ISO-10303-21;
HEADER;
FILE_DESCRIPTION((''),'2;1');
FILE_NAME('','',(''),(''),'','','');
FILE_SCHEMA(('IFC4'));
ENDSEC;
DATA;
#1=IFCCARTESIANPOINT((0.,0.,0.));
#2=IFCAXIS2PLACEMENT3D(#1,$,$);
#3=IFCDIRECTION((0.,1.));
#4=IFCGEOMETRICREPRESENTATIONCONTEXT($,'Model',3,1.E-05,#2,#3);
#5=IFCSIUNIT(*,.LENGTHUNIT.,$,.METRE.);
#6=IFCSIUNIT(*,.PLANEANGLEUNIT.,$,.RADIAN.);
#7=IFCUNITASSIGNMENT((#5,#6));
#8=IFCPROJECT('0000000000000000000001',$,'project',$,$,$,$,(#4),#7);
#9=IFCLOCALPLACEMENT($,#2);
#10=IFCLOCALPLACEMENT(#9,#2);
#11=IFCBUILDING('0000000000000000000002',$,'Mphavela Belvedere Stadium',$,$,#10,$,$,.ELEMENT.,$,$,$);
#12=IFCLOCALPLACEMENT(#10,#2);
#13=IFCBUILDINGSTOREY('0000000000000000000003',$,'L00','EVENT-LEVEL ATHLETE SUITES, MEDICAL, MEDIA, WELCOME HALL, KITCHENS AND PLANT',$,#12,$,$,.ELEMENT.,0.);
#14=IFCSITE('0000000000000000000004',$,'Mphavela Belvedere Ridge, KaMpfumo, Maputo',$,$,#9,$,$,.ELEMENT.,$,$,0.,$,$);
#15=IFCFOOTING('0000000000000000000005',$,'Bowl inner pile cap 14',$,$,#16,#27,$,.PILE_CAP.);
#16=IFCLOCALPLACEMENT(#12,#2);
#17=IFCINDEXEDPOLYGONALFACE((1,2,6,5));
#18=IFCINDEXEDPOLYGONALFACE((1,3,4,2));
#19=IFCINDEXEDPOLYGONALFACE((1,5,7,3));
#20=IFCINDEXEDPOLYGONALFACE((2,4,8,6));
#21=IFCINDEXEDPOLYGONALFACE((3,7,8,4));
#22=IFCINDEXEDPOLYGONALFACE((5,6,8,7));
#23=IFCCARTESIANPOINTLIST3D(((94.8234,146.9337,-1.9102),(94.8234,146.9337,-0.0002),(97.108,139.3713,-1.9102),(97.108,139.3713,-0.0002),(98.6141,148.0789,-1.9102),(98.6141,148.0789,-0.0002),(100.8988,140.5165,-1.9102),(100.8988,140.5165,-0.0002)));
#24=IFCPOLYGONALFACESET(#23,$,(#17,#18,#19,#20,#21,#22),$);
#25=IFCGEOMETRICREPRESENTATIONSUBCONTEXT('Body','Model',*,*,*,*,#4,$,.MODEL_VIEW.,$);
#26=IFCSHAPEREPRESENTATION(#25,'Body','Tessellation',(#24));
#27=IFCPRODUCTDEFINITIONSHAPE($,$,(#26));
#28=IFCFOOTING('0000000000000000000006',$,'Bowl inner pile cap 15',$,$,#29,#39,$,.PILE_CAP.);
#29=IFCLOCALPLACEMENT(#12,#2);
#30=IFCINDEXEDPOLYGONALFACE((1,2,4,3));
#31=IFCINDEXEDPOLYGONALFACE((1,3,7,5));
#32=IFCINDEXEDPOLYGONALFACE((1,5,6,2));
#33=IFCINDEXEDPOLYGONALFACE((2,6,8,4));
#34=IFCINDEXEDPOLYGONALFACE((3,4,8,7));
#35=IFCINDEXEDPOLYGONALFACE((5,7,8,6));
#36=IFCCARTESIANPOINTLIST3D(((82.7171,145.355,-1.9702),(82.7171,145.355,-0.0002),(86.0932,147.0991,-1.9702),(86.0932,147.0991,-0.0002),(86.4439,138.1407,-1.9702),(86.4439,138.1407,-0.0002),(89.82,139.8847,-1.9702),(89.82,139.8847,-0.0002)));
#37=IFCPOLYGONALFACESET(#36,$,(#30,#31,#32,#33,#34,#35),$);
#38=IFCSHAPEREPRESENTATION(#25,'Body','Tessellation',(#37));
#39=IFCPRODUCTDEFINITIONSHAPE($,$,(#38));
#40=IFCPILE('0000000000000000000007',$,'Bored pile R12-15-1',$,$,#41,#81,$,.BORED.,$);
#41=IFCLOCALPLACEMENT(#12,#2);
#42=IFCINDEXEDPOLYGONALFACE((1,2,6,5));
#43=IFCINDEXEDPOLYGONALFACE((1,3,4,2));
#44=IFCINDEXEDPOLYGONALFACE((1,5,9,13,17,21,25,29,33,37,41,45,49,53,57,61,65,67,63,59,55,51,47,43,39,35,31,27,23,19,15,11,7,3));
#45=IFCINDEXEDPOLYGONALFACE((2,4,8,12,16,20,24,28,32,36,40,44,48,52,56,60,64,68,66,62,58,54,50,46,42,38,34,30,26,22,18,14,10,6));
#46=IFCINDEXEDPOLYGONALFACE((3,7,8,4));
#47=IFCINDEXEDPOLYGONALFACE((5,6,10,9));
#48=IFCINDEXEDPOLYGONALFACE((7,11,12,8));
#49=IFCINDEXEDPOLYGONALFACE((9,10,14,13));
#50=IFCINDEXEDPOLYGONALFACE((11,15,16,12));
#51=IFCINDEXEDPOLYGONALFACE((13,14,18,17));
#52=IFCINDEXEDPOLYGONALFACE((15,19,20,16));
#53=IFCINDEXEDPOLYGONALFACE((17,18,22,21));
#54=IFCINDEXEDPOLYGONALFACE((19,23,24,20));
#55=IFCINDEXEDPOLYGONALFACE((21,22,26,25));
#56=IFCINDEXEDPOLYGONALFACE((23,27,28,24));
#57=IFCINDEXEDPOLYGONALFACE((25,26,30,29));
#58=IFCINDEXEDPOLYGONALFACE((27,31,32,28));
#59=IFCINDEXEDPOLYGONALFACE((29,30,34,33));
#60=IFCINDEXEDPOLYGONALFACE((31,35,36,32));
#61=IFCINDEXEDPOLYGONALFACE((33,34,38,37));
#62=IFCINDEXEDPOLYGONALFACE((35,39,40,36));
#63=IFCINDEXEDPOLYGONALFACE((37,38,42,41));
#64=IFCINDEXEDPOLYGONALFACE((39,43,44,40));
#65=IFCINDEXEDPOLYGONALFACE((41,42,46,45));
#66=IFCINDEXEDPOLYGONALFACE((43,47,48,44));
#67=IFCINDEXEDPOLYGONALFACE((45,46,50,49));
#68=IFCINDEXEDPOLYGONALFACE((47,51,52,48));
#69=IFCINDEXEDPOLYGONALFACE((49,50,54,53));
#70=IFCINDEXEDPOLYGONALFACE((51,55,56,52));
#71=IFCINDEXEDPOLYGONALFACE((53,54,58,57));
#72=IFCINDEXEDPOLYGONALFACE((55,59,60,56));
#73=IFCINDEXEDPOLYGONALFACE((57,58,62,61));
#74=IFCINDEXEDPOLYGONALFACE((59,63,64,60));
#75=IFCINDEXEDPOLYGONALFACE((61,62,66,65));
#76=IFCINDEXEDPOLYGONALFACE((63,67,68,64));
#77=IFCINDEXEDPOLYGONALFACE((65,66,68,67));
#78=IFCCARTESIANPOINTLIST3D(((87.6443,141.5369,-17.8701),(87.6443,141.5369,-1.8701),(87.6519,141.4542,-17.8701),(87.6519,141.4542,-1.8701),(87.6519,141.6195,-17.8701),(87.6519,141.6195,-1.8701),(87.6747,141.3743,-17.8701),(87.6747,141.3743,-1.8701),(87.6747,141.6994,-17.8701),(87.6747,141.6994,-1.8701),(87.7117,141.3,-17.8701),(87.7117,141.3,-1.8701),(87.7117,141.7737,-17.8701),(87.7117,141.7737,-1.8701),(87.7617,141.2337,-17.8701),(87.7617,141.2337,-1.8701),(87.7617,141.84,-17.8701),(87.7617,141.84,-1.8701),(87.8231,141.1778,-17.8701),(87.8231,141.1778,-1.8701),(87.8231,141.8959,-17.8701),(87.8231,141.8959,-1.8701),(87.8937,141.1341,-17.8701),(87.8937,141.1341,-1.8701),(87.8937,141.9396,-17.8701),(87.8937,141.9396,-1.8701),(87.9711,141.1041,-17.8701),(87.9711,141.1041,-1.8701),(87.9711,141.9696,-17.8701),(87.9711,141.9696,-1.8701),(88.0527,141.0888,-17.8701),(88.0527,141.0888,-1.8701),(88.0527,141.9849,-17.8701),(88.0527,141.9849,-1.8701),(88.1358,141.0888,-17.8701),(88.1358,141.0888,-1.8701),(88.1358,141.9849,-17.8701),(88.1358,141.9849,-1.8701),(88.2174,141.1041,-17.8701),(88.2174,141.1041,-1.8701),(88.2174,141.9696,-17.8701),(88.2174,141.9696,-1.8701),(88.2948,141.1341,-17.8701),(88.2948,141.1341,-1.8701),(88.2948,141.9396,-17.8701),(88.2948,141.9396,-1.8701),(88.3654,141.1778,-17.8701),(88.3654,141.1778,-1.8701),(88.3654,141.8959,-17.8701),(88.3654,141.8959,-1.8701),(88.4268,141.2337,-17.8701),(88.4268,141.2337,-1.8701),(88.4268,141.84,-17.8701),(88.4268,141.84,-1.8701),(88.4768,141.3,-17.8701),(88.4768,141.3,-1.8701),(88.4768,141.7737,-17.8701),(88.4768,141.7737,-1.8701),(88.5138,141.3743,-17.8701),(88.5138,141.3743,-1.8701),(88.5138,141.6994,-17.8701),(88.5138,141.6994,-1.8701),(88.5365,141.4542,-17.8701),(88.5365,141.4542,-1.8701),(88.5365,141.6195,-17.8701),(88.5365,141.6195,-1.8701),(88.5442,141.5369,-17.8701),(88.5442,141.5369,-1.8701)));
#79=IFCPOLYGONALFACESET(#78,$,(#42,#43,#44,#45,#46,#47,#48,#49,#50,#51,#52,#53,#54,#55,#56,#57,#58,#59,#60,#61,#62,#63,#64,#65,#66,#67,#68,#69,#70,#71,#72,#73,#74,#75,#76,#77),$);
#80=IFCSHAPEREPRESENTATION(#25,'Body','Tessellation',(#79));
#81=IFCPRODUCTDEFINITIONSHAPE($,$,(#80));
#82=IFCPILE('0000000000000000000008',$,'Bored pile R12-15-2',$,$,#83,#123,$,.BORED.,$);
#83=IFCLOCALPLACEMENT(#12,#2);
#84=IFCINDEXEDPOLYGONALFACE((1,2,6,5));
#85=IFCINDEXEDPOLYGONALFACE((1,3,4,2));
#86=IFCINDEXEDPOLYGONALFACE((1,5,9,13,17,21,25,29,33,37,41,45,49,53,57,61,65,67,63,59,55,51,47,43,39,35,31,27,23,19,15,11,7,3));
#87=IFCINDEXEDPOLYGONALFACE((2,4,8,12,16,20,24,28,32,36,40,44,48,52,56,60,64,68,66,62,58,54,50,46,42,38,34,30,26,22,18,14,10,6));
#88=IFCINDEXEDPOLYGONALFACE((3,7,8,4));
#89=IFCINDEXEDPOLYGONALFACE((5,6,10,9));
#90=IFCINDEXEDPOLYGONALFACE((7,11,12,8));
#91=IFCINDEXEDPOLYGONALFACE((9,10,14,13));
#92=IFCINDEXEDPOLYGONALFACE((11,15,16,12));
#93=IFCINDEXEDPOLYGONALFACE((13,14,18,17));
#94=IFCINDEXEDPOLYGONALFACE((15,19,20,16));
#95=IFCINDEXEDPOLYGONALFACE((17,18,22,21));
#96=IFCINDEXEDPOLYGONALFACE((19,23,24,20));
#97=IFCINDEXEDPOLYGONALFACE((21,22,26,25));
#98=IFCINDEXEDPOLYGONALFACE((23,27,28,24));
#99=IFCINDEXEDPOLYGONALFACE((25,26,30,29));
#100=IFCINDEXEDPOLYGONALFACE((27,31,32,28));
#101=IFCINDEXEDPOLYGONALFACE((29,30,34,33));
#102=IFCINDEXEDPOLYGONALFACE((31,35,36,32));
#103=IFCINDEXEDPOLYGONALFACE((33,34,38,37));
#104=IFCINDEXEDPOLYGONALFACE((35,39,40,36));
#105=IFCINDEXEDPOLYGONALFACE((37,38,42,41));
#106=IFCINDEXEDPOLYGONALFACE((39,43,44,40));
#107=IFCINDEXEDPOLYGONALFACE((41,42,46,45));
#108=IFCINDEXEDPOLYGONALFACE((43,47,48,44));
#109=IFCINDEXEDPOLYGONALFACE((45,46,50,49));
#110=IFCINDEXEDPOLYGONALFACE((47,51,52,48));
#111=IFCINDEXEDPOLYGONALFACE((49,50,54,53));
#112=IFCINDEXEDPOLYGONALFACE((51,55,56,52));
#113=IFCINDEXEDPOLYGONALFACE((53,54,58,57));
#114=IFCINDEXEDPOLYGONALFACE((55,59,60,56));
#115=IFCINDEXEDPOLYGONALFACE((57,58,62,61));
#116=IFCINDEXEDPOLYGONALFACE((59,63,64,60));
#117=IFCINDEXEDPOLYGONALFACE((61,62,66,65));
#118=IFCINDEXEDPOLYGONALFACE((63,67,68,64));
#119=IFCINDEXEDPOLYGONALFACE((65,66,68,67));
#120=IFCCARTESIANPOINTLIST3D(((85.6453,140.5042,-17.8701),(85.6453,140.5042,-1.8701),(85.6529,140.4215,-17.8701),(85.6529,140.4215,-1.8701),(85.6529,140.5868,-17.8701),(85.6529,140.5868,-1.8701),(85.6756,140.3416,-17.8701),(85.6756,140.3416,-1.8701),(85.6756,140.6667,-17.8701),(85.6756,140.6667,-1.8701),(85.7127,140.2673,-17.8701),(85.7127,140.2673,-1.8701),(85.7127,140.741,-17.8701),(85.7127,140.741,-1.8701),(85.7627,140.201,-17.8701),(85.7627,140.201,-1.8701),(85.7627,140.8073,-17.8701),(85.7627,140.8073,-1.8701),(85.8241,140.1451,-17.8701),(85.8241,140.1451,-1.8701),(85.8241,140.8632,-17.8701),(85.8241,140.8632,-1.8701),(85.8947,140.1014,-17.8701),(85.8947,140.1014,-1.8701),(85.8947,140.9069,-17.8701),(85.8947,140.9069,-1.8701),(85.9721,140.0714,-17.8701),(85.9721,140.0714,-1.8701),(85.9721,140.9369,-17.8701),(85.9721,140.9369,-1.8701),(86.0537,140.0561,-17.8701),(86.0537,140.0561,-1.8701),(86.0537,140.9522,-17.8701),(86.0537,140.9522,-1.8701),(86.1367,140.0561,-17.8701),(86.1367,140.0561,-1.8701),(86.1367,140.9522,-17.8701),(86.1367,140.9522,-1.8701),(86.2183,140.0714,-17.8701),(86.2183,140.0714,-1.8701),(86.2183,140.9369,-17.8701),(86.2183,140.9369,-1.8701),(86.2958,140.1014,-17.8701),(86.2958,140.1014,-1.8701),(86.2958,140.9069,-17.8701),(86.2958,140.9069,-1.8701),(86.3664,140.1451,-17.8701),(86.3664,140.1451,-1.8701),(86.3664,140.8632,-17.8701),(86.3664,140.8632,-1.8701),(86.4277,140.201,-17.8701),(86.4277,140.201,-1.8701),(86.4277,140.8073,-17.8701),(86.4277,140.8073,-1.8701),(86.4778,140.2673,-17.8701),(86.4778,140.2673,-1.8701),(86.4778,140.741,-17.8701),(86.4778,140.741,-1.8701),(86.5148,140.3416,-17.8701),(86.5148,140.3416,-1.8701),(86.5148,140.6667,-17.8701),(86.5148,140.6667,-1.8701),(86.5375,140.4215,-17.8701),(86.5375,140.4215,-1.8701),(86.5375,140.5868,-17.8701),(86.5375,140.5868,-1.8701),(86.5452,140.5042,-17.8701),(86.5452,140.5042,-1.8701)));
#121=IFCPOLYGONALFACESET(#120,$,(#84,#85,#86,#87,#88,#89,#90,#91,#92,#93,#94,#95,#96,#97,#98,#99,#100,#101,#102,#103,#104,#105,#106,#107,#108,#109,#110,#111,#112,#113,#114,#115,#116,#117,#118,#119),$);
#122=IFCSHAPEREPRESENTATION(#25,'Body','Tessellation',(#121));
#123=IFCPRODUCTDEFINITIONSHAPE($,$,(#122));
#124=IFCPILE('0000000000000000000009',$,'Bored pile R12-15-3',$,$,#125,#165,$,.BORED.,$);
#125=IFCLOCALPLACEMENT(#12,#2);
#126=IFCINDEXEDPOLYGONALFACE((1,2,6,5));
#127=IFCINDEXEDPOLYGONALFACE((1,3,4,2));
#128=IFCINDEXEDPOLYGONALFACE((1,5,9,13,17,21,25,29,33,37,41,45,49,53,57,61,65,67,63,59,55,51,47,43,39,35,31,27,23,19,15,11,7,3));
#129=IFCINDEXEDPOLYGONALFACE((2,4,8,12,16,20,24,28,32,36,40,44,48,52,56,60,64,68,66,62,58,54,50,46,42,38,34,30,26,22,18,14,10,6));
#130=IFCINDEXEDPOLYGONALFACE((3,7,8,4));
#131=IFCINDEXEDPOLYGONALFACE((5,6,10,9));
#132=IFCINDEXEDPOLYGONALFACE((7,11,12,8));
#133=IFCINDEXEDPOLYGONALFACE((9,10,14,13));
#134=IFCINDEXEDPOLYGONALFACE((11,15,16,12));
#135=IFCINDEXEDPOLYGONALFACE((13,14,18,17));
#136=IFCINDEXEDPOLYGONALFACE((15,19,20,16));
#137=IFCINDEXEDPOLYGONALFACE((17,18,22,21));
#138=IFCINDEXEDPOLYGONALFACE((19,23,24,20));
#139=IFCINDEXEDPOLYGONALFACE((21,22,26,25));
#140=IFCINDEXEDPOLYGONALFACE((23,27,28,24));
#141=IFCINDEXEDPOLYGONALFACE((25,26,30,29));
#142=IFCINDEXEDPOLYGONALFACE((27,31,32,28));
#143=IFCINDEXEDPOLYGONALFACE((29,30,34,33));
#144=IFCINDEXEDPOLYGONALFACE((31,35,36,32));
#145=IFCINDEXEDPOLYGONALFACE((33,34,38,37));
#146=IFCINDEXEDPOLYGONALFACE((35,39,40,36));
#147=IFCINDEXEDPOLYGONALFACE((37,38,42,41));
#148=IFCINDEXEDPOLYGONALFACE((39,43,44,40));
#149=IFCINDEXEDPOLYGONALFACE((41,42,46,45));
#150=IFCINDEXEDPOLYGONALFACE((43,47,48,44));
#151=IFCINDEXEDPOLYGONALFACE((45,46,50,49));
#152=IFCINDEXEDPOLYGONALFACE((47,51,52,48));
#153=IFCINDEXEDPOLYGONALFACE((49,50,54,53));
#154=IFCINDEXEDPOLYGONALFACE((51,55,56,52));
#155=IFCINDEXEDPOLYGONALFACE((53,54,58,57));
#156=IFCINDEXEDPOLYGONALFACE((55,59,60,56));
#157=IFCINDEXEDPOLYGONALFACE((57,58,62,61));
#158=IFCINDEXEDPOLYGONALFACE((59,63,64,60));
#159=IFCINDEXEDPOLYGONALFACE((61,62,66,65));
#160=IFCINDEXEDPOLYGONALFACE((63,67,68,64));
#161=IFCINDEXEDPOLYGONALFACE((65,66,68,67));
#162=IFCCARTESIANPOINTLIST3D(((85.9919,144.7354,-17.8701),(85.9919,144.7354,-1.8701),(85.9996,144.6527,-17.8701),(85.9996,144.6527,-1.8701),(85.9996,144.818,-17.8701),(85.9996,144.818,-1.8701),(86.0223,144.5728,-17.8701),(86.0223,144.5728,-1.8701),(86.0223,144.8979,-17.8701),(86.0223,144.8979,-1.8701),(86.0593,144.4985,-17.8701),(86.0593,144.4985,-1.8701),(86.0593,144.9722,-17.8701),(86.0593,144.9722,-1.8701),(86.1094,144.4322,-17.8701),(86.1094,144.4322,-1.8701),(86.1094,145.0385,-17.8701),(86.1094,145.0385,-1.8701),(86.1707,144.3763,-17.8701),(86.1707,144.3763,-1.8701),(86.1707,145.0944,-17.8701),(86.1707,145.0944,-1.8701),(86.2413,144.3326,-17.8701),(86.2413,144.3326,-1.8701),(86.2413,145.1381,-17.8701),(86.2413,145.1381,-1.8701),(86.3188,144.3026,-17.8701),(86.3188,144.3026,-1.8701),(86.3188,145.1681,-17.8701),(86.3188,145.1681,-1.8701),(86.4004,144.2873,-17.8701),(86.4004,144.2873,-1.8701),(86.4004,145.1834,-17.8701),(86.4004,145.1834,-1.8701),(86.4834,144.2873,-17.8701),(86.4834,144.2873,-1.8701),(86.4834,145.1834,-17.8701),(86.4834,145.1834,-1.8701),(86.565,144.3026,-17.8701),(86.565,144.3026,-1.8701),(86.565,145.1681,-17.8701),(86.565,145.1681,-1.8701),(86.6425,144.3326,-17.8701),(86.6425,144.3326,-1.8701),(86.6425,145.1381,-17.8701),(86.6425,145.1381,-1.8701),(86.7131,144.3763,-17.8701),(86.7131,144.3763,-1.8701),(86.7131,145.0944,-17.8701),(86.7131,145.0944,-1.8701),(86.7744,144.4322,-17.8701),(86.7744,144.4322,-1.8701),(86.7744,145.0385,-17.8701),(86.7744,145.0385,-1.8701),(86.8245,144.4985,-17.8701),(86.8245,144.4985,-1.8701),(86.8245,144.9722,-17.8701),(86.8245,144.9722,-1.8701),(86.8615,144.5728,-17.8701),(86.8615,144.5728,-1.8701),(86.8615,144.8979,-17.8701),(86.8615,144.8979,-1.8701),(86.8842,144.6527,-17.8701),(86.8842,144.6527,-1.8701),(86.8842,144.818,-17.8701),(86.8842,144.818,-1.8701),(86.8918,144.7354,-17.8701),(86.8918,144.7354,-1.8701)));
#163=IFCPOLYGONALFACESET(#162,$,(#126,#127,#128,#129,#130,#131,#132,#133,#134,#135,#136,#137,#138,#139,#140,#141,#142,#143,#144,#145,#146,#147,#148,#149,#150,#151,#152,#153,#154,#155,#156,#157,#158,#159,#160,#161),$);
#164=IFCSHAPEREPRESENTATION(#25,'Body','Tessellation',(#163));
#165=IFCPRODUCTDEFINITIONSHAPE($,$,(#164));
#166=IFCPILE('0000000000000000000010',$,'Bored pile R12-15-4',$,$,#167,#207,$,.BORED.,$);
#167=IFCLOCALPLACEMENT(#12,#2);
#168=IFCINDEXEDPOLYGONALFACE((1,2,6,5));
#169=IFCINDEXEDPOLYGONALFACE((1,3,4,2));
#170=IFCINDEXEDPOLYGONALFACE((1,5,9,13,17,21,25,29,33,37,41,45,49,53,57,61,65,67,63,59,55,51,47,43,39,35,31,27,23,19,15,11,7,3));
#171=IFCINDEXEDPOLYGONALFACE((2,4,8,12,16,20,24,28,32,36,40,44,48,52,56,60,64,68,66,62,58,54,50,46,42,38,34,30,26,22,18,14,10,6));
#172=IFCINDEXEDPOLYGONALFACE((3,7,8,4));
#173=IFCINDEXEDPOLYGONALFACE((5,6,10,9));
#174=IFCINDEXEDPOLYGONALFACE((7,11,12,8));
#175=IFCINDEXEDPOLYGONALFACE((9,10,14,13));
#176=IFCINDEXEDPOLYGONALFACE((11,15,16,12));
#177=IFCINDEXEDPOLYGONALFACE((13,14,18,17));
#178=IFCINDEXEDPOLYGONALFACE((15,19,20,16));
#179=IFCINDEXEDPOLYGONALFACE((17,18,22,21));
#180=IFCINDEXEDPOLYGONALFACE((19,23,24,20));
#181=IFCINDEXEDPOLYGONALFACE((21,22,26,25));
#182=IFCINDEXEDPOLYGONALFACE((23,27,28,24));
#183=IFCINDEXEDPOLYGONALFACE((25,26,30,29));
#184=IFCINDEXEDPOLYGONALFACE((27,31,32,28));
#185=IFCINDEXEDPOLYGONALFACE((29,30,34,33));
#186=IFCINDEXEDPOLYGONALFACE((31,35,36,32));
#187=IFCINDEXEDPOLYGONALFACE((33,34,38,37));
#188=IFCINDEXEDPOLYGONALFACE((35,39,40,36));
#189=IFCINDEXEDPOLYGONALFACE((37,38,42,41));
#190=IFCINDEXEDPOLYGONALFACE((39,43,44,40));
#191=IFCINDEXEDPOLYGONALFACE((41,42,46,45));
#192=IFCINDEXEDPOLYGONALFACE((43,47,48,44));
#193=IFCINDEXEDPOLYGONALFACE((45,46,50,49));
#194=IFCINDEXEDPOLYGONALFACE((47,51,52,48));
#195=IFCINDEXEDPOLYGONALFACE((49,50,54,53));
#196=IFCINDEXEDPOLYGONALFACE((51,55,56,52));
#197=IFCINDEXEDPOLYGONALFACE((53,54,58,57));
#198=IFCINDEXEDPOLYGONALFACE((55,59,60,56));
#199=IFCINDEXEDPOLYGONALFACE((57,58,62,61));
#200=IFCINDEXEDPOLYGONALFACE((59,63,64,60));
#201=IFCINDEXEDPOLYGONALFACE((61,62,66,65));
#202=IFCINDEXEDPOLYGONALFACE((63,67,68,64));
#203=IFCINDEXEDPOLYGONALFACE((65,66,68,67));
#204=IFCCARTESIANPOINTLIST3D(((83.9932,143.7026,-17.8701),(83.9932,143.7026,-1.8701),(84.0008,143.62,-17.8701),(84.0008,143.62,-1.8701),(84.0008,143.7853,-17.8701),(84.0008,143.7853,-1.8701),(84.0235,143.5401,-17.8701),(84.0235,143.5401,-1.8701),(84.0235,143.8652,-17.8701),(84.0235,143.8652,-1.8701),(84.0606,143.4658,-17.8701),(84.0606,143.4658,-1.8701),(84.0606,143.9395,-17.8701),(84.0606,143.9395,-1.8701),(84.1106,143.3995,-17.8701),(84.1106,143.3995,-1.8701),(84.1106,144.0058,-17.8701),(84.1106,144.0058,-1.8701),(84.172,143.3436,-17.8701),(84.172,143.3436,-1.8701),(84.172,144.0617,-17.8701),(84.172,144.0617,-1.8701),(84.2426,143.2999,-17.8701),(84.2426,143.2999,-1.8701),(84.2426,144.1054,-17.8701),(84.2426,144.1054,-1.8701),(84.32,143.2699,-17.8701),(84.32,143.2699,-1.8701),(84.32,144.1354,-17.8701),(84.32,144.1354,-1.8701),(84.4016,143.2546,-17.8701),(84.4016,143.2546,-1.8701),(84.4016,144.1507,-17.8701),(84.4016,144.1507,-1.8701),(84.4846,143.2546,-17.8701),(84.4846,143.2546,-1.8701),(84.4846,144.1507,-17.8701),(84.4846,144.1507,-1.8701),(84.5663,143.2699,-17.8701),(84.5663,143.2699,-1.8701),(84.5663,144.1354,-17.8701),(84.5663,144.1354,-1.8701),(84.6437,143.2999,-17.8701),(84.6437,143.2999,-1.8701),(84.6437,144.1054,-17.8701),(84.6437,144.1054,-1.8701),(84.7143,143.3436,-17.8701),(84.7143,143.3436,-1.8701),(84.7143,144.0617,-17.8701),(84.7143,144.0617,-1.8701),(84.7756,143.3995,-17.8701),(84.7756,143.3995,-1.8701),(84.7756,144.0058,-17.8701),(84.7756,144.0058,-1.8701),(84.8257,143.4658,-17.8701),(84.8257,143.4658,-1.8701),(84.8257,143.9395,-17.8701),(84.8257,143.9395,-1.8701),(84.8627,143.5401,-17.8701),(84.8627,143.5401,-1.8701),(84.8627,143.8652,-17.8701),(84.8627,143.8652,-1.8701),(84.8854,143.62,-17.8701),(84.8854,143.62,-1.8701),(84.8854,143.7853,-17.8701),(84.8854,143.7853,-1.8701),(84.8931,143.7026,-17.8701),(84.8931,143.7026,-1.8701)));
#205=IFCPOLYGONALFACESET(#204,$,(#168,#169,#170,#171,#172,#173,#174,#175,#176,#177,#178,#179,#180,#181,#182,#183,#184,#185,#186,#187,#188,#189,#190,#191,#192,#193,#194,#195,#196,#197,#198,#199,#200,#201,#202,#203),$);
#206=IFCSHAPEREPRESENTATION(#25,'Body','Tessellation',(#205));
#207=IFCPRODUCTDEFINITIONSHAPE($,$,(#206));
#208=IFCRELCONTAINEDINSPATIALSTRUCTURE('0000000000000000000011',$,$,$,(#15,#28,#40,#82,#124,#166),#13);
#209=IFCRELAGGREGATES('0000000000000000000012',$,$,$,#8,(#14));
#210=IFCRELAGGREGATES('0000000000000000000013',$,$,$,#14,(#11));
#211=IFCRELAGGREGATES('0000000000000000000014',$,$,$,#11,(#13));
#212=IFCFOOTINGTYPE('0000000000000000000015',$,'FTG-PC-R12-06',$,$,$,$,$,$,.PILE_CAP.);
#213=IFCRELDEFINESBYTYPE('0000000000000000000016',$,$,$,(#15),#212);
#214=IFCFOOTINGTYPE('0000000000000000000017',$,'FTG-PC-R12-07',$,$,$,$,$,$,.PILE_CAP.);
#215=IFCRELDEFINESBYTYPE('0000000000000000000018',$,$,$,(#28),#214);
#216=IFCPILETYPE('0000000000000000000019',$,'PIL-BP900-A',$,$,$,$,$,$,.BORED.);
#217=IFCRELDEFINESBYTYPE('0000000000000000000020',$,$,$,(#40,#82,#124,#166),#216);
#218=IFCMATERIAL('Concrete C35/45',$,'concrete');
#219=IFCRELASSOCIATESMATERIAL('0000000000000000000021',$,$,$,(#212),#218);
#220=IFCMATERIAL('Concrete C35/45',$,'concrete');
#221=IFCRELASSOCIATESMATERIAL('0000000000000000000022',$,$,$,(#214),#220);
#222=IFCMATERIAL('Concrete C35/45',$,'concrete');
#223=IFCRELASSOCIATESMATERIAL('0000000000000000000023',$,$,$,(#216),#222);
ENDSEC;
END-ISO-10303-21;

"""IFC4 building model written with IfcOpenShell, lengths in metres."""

from ifc_helpers import new_model, si_unit, direction, frame, origin, origin_2d, place, context, subcontext, project, spatial, rectangle, circle, extrude, material, material_profile, profile_set, type_object, element, save


model = new_model("IFC4")

# Units and contexts
model_context = context("Model", 3, precision=1e-05, world=origin(), true_north=direction((0.0, 1.0)))
body_context = subcontext(model_context, "Body", "Model", "MODEL_VIEW")
ifc_project = project(units=[si_unit("LENGTHUNIT", "METRE"), si_unit("PLANEANGLEUNIT", "RADIAN")], contexts=[model_context])

# Site, building, storey
site_placement = place(None, origin())
site = spatial("IfcSite", under=ifc_project, at=site_placement, Name="Mphavela Belvedere Ridge, KaMpfumo, Maputo", CompositionType="ELEMENT", RefElevation=0.0)
building_placement = place(site_placement, origin())
building = spatial("IfcBuilding", under=site, at=building_placement, Name="Mphavela Belvedere Stadium", CompositionType="ELEMENT")
storey_placement = place(building_placement, origin())
storey = spatial("IfcBuildingStorey", under=building, at=storey_placement, Name="L00", Description="EVENT-LEVEL ATHLETE SUITES, MEDICAL, MEDIA, WELCOME HALL, KITCHENS AND PLANT", CompositionType="ELEMENT", Elevation=0.0)

# Footings
ifc_material_1 = material(Name="Concrete C35/45", Category="concrete")
footing_type_1 = type_object("IfcFootingType", Name="FTG-PC-R12-06", PredefinedType="PILE_CAP", material=ifc_material_1)
footing_1_placement = place(storey_placement, frame((97.8611, 143.7251, -1.9102), z_axis=(0.0, 0.0, 1.0), x_axis=(-0.289199, 0.957269, 0.0)))
element("IfcFooting", 1, at=footing_1_placement, inside=storey, type_object=footing_type_1, Name="Bowl inner pile cap 14", PredefinedType="PILE_CAP", context=body_context, shape_type="SweptSolid", body=[
    extrude(rectangle(XDim=7.8999, YDim=3.96, at=origin_2d()), origin(), (0.0, 0.0, 1.0), 1.9099),
])
ifc_material_2 = material(Name="Concrete C35/45", Category="concrete")
footing_type_2 = type_object("IfcFootingType", Name="FTG-PC-R12-07", PredefinedType="PILE_CAP", material=ifc_material_2)
footing_2_placement = place(storey_placement, frame((86.2686, 142.6199, -1.9702), z_axis=(0.0, 0.0, 1.0), x_axis=(-0.45896, 0.888457, 0.0)))
element("IfcFooting", 2, at=footing_2_placement, inside=storey, type_object=footing_type_2, Name="Bowl inner pile cap 15", PredefinedType="PILE_CAP", context=body_context, shape_type="SweptSolid", body=[
    extrude(rectangle(XDim=8.1201, YDim=3.8, at=origin_2d()), origin(), (0.0, 0.0, 1.0), 1.97),
])

# Piles
ifc_material_3 = material(Name="Concrete C35/45", Category="concrete")
ifc_material_profile_1 = material_profile(ifc_material_3, circle(Radius=0.45, at=origin_2d()), Name="BP D900")
ifc_profile_set_1 = profile_set([ifc_material_profile_1], Name="Concrete C35/45")
pile_type_1 = type_object("IfcPileType", Name="PIL-BP900-A", PredefinedType="BORED", material=ifc_profile_set_1)
for number, where, z_axis, x_axis, name in (
    (3, (88.0942, 141.5369, -1.8701), (0.0, 0.0, -1.0), (1.0, 0.0, 0.0), "Bored pile R12-15-1"),
    (4, (86.0952, 140.5042, -1.8701), (0.0, 0.0, -1.0), (1.0, 0.0, 0.0), "Bored pile R12-15-2"),
    (5, (86.4419, 144.7354, -1.8701), (0.0, 0.0, -1.0), (1.0, 0.0, 0.0), "Bored pile R12-15-3"),
    (6, (84.4431, 143.7026, -1.8701), (0.0, 0.0, -1.0), (1.0, 0.0, 0.0), "Bored pile R12-15-4"),
):
    element("IfcPile", number, at=place(storey_placement, frame(where, z_axis=z_axis, x_axis=x_axis)), inside=storey, type_object=pile_type_1, Name=name, PredefinedType="BORED", context=body_context, shape_type="SweptSolid", body=[
        extrude(circle(Radius=0.45, at=origin_2d()), origin(), (0.0, 0.0, 1.0), 16.0),
    ])

save(model, "model.ifc")
